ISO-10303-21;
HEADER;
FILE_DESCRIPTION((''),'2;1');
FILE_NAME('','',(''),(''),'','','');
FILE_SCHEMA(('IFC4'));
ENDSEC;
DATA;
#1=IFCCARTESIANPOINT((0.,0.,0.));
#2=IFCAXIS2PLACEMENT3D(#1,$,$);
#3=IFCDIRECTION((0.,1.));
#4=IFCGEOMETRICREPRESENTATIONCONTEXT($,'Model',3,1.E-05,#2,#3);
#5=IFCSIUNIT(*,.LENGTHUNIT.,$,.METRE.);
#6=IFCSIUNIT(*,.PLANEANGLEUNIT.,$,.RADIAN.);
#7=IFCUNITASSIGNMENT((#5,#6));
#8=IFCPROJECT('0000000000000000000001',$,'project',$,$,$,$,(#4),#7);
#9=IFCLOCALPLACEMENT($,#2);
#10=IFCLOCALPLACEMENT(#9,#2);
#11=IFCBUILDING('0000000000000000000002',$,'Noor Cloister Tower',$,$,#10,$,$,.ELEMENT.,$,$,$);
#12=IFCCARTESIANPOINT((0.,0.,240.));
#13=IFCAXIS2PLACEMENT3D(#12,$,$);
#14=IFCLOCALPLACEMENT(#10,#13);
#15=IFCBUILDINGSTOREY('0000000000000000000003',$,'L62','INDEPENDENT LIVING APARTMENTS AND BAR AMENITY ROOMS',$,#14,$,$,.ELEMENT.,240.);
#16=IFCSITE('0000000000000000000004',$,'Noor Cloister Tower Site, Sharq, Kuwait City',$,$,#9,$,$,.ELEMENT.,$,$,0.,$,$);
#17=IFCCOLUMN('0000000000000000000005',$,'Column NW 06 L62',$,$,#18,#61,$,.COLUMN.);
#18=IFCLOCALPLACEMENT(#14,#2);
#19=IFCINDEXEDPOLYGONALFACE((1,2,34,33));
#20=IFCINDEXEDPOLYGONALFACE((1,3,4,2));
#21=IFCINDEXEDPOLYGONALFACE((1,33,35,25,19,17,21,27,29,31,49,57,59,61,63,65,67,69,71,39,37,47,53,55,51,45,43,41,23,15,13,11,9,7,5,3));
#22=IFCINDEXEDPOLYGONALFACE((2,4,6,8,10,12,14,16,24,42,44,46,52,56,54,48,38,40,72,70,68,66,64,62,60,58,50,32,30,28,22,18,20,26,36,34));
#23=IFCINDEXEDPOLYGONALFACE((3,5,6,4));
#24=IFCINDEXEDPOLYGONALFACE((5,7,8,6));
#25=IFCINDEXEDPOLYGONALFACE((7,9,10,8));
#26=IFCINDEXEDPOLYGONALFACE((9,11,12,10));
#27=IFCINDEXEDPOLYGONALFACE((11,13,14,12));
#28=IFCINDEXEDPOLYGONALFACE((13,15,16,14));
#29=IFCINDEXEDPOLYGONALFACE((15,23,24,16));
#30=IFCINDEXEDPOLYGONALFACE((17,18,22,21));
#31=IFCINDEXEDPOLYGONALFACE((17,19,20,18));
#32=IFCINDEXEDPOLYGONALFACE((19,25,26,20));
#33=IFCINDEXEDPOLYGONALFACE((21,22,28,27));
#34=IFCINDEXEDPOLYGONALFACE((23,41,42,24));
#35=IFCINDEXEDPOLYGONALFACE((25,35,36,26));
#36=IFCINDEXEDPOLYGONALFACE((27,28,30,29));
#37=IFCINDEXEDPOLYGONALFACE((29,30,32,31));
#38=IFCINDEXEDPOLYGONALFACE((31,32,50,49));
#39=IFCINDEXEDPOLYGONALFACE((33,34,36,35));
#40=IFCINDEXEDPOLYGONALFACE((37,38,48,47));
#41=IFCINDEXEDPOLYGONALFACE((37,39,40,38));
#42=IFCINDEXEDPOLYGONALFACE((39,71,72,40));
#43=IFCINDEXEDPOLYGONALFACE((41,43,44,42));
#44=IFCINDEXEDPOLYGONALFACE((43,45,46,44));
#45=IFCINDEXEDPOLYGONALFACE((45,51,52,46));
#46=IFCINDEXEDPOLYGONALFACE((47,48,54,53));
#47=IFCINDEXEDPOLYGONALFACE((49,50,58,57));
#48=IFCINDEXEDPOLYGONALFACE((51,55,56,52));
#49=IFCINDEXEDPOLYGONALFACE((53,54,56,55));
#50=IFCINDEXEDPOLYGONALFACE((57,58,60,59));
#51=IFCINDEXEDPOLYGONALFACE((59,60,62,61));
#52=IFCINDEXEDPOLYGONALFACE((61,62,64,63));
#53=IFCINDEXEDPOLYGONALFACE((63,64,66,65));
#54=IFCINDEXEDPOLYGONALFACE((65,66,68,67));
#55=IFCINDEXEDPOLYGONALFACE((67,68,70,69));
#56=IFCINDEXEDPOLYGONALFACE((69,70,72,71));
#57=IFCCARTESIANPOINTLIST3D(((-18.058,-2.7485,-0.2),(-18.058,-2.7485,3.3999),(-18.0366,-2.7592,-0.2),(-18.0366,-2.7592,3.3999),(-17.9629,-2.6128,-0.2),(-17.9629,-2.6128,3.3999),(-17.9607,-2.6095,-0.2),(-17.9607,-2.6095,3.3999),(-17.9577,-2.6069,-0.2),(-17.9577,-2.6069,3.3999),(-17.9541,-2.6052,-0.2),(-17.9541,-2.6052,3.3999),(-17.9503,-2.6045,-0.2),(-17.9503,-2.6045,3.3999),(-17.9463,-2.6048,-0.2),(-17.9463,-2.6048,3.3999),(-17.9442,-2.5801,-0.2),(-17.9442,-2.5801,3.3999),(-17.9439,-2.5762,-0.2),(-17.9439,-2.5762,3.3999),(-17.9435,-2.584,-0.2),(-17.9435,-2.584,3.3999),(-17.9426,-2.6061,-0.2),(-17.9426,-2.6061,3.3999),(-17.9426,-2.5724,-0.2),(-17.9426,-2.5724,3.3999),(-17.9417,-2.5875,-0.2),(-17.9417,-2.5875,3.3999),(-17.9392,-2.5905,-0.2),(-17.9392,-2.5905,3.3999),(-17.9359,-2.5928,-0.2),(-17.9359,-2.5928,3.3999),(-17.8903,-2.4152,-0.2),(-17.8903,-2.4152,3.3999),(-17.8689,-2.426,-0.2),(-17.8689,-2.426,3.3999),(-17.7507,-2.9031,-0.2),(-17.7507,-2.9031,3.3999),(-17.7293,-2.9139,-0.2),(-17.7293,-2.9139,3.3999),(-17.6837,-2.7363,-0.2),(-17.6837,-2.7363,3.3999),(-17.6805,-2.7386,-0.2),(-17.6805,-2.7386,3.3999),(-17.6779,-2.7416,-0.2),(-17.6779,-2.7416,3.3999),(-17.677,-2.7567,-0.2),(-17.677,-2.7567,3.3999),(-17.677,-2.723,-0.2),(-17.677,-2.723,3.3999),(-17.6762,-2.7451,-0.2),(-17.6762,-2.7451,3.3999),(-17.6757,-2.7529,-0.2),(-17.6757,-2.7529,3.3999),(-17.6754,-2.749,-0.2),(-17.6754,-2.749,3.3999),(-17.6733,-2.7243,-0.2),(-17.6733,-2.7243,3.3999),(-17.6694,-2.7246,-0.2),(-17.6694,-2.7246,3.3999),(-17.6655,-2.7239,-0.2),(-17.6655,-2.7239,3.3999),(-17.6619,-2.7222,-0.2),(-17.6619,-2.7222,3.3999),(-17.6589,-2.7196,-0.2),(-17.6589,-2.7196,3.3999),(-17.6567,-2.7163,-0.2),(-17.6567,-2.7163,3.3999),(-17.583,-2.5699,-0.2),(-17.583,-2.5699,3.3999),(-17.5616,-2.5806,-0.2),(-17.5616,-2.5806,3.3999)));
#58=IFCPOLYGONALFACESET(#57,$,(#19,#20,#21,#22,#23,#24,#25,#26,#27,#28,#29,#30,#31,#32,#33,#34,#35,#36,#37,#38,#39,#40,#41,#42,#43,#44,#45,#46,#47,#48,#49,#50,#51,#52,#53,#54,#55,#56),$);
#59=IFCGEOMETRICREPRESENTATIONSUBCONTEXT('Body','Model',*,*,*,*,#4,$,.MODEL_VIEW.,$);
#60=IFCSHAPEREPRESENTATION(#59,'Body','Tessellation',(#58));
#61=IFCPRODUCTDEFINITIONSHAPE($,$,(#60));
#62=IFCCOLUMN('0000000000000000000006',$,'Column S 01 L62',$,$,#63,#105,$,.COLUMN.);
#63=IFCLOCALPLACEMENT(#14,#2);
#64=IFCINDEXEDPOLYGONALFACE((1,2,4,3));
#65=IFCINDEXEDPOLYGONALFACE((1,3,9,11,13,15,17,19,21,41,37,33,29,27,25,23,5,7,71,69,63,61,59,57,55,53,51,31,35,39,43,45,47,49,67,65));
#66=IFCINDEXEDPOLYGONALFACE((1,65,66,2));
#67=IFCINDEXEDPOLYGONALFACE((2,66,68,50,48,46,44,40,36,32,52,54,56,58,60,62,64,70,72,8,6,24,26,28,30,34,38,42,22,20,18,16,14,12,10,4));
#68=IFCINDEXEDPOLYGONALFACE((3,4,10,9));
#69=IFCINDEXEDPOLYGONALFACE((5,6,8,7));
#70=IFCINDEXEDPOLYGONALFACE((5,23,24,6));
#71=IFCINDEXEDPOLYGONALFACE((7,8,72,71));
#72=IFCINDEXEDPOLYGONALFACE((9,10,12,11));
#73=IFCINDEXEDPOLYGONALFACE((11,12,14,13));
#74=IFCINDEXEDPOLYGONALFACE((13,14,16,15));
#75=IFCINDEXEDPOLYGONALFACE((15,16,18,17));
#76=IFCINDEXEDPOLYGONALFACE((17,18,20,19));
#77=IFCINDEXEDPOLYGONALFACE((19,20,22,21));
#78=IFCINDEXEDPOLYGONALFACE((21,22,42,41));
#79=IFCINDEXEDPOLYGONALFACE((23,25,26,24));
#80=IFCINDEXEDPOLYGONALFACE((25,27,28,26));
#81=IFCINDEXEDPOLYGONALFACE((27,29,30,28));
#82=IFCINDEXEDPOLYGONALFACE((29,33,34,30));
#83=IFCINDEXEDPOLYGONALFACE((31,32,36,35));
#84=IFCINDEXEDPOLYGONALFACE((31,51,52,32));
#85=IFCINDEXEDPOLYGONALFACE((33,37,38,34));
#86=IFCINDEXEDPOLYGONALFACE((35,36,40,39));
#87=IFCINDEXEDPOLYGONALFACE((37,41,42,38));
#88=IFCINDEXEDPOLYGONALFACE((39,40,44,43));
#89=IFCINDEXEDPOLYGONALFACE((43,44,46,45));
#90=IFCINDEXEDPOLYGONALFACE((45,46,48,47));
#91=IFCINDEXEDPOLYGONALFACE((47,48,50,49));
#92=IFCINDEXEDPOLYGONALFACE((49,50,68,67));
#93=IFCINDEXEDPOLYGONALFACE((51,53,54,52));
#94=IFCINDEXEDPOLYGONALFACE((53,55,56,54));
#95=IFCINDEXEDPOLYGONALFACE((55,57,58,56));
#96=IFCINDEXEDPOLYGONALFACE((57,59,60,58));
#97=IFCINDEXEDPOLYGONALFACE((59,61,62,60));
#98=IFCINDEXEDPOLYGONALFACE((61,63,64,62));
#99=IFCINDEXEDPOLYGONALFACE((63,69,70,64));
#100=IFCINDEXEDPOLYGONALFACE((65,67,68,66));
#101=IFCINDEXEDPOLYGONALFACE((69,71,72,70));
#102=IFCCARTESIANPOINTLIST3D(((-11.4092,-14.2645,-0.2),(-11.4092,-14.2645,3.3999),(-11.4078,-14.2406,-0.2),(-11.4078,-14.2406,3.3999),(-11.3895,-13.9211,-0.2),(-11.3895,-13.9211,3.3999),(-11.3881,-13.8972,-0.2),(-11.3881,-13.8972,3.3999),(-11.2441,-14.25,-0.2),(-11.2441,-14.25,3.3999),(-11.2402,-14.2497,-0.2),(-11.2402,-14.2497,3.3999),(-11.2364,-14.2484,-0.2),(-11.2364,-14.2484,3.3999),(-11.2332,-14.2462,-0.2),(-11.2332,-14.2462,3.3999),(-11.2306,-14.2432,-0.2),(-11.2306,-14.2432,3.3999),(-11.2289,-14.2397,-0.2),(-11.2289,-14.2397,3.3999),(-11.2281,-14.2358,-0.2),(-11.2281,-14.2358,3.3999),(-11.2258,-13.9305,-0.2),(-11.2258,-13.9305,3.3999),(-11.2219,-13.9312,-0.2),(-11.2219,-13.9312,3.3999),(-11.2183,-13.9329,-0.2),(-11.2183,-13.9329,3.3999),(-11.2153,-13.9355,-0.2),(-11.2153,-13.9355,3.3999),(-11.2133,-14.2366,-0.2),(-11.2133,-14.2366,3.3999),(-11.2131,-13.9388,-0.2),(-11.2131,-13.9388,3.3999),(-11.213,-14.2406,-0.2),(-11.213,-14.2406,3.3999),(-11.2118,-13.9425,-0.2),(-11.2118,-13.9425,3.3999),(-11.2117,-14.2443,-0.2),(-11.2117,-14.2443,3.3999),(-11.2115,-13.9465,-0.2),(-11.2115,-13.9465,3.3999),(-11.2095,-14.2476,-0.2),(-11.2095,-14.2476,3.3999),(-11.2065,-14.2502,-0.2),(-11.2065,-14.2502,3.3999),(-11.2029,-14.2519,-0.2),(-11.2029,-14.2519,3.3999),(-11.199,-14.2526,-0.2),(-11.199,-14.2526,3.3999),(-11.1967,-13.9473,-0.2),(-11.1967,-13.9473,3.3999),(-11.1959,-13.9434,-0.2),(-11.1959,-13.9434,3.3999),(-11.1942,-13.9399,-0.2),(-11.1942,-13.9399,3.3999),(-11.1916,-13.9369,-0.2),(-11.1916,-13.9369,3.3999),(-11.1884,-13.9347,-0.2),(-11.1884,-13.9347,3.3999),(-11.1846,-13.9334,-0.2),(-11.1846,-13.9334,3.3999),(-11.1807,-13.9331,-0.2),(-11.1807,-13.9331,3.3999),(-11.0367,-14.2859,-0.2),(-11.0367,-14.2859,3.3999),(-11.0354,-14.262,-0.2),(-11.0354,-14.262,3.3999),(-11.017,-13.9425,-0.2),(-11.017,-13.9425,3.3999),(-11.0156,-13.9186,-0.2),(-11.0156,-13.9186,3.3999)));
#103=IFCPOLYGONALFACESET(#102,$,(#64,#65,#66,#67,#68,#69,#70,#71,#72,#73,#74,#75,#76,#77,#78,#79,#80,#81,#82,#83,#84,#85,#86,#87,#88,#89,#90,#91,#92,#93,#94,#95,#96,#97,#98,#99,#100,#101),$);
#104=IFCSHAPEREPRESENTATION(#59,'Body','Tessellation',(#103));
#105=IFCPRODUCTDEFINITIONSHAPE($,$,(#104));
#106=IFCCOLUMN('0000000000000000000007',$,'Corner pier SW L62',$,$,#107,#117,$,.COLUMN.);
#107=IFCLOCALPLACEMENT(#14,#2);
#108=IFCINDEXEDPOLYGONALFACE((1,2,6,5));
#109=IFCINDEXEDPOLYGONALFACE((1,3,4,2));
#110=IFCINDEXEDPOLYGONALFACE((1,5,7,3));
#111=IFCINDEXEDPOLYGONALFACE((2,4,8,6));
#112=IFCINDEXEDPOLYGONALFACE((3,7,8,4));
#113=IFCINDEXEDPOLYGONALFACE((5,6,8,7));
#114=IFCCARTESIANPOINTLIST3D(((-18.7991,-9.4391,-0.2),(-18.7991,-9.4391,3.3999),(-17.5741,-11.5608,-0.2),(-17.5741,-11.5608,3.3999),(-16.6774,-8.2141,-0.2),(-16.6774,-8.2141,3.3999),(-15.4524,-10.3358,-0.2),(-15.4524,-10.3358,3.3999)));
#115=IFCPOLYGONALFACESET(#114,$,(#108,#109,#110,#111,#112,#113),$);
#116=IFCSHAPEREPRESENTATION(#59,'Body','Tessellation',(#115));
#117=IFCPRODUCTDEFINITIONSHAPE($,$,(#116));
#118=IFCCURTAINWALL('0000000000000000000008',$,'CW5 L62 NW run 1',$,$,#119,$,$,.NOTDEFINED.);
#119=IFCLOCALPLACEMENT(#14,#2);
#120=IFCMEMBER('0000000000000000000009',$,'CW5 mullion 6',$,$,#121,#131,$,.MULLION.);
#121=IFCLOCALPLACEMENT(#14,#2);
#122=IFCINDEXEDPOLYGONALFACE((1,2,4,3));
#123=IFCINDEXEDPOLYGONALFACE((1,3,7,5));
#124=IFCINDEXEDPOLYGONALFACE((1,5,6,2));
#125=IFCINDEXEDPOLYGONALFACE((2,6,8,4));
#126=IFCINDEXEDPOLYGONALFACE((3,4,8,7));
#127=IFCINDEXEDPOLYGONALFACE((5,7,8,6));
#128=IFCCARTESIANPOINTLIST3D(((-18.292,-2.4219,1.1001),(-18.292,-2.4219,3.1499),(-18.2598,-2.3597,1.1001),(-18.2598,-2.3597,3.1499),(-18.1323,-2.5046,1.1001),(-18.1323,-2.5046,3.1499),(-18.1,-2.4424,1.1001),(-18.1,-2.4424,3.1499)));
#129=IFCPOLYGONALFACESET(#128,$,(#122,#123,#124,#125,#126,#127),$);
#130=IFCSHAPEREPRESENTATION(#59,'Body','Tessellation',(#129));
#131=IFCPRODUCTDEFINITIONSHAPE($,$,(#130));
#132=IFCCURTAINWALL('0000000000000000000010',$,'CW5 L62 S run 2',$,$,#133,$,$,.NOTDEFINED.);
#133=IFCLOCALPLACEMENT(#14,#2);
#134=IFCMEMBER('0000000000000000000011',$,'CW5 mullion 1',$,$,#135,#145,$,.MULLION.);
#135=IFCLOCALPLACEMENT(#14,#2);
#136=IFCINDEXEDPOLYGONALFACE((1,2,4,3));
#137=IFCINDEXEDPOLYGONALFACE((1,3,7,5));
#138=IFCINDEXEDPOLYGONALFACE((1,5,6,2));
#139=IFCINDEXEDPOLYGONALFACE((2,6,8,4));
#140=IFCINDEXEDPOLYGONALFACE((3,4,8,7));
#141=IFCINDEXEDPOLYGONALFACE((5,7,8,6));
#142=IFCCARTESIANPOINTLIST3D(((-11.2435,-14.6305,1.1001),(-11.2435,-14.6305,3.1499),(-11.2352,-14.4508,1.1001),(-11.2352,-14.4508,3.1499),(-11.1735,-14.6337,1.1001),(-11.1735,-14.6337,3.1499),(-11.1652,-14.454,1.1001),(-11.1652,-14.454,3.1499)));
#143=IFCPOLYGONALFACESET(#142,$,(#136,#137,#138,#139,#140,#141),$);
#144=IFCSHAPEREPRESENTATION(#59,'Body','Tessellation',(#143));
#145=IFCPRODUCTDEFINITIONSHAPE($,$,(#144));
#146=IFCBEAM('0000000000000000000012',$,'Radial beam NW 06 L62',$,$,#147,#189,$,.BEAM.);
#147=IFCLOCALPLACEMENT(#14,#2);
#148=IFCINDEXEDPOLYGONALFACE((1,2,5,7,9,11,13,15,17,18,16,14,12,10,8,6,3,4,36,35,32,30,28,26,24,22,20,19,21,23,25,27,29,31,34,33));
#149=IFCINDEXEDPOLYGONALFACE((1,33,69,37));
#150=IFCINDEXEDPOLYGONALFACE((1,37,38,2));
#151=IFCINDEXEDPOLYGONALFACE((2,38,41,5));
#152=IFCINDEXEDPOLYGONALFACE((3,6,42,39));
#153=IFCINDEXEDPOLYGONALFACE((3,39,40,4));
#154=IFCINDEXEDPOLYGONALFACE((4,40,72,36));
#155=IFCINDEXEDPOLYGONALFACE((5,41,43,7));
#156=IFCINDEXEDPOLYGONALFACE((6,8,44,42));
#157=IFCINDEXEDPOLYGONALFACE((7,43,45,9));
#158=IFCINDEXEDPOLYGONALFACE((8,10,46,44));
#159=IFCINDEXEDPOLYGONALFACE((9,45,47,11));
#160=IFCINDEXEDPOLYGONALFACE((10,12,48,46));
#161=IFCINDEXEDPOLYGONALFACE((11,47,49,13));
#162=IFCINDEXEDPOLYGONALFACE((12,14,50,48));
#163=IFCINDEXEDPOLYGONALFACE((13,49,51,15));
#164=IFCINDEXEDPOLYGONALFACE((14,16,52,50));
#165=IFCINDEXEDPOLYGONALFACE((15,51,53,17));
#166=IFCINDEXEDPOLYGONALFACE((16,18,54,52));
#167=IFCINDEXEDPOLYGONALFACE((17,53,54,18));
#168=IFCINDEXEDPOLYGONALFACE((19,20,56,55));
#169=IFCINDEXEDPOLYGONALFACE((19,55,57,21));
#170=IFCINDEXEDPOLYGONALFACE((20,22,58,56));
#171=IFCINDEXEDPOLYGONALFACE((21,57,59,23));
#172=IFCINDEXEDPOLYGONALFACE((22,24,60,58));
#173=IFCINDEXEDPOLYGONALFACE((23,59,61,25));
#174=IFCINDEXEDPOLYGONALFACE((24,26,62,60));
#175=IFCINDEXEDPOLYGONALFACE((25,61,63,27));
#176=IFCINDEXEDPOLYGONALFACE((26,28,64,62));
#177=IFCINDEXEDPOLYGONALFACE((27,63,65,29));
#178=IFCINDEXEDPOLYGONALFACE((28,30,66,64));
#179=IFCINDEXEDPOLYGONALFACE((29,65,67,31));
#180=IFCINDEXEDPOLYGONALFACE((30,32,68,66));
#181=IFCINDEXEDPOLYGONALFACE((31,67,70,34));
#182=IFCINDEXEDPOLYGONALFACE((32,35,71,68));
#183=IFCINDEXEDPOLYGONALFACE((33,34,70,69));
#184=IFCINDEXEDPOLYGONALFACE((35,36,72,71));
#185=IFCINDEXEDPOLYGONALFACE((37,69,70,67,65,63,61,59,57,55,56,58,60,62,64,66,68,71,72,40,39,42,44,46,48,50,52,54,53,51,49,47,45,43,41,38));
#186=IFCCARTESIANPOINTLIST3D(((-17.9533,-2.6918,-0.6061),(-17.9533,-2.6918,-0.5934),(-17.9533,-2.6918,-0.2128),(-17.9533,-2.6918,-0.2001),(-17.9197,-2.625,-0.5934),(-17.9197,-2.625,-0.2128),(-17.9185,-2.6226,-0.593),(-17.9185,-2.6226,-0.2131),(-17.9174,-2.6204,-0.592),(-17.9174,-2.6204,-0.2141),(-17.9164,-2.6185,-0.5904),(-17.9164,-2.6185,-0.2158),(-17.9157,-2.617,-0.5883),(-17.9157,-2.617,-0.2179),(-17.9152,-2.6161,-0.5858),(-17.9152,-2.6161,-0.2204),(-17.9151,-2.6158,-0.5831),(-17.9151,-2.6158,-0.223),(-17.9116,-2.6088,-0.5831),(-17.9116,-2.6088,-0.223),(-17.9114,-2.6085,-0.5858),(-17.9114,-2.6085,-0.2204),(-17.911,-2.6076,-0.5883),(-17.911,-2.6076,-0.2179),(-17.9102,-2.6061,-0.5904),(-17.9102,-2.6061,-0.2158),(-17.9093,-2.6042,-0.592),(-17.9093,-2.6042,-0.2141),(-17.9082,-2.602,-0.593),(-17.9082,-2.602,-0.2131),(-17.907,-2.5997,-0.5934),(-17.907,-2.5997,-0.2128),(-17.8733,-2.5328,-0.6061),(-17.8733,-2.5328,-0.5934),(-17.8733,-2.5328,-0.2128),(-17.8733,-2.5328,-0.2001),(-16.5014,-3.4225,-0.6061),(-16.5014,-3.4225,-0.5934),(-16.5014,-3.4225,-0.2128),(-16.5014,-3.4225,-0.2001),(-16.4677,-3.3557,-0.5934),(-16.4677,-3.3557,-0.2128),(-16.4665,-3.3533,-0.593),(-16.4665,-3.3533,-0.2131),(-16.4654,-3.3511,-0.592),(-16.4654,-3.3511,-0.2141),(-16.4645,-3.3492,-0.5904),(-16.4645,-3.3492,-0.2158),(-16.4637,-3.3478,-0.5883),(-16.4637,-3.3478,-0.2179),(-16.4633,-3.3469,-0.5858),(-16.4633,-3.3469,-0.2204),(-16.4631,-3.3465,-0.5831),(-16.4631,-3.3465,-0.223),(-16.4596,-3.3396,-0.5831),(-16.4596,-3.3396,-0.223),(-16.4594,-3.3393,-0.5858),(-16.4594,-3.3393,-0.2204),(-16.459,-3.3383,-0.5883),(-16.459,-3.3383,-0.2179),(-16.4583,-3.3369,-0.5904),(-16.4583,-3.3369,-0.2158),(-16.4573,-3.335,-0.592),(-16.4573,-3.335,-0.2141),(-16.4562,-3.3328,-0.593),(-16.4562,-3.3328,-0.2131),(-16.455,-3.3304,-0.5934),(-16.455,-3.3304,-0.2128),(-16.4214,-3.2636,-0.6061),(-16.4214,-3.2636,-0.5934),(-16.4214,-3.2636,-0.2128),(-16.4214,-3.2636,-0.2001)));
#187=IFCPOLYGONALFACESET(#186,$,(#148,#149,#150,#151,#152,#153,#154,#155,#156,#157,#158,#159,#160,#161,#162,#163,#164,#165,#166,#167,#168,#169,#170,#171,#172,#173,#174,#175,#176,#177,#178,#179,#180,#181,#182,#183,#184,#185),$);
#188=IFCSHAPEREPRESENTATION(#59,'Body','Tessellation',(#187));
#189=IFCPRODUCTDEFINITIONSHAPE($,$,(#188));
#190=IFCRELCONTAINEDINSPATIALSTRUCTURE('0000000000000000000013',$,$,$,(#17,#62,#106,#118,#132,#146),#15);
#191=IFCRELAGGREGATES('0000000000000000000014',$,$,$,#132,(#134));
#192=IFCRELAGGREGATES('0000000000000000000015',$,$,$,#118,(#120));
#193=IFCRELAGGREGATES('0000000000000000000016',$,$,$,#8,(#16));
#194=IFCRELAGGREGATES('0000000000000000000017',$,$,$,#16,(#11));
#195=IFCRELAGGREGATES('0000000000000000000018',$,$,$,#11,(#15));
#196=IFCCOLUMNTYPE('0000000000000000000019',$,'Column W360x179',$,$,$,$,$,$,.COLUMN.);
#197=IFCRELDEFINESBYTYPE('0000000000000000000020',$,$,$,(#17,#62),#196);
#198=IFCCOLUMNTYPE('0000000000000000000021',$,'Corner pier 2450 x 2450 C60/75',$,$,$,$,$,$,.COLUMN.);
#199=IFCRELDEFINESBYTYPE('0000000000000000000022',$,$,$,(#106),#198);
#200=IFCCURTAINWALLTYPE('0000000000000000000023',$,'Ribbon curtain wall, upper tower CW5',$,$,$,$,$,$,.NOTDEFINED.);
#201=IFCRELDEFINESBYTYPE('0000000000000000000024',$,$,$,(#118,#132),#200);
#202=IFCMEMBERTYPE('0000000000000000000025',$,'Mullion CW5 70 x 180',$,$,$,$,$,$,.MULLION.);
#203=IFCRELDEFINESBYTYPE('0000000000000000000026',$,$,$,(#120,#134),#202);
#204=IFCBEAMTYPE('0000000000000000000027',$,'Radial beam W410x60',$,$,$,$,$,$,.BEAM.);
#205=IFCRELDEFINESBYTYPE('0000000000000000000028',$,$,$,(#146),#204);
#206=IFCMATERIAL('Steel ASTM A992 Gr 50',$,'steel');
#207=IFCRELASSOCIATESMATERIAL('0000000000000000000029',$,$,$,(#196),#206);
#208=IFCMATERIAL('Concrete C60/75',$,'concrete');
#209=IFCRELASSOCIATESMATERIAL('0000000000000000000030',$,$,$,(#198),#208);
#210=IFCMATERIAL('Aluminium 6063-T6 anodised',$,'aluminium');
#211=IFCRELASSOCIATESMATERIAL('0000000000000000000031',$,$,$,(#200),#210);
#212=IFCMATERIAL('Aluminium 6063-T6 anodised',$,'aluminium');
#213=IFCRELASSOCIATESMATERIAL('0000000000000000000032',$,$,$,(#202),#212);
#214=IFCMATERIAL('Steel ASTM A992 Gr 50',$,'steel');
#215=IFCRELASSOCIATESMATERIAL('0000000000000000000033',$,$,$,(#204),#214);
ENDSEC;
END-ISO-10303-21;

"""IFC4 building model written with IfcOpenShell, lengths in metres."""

from ifc_helpers import new_model, si_unit, direction, frame, origin, origin_2d, place, context, subcontext, project, spatial, rectangle, i_section, extrude, material, material_profile, profile_set, type_object, element, aggregate, save


model = new_model("IFC4")

# Units and contexts
model_context = context("Model", 3, precision=1e-05, world=origin(), true_north=direction((0.0, 1.0)))
body_context = subcontext(model_context, "Body", "Model", "MODEL_VIEW")
ifc_project = project(units=[si_unit("LENGTHUNIT", "METRE"), si_unit("PLANEANGLEUNIT", "RADIAN")], contexts=[model_context])

# Site, building, storey
site_placement = place(None, origin())
site = spatial("IfcSite", under=ifc_project, at=site_placement, Name="Noor Cloister Tower Site, Sharq, Kuwait City", CompositionType="ELEMENT", RefElevation=0.0)
building_placement = place(site_placement, origin())
building = spatial("IfcBuilding", under=site, at=building_placement, Name="Noor Cloister Tower", CompositionType="ELEMENT")
storey_placement = place(building_placement, frame((0.0, 0.0, 240.0)))
storey = spatial("IfcBuildingStorey", under=building, at=storey_placement, Name="L62", Description="INDEPENDENT LIVING APARTMENTS AND BAR AMENITY ROOMS", CompositionType="ELEMENT", Elevation=240.0)

# Columns
ifc_material_1 = material(Name="Steel ASTM A992 Gr 50", Category="steel")
ifc_material_profile_1 = material_profile(ifc_material_1, i_section(OverallWidth=0.373, OverallDepth=0.3679, WebThickness=0.0149, FlangeThickness=0.0239, FilletRadius=0.0151, at=origin_2d()), Name="W360x179")
ifc_profile_set_1 = profile_set([ifc_material_profile_1], Name="Steel ASTM A992 Gr 50")
column_type_1 = type_object("IfcColumnType", Name="Column W360x179", PredefinedType="COLUMN", material=ifc_profile_set_1)
for number, where, z_axis, x_axis, name in (
    (1, (-17.8098, -2.6646, -0.2), (0.0, 0.0, 1.0), (-0.449568, -0.893246, 0.0), "Column NW 06 L62"),
    (2, (-11.2124, -14.0916, -0.2), (0.0, 0.0, 1.0), (0.998358, -0.057286, 0.0), "Column S 01 L62"),
):
    element("IfcColumn", number, at=place(storey_placement, frame(where, z_axis=z_axis, x_axis=x_axis)), inside=storey, type_object=column_type_1, Name=name, PredefinedType="COLUMN", context=body_context, shape_type="SweptSolid", body=[
        extrude(i_section(OverallWidth=0.373, OverallDepth=0.3679, WebThickness=0.0149, FlangeThickness=0.0239, FilletRadius=0.0151, at=origin_2d()), origin(), (0.0, 0.0, 1.0), 3.5999),
    ])
ifc_material_2 = material(Name="Concrete C60/75", Category="concrete")
ifc_material_profile_2 = material_profile(ifc_material_2, rectangle(XDim=2.45, YDim=2.45, at=origin_2d()), Name="RC 2450x2450")
ifc_profile_set_2 = profile_set([ifc_material_profile_2], Name="Concrete C60/75")
column_type_2 = type_object("IfcColumnType", Name="Corner pier 2450 x 2450 C60/75", PredefinedType="COLUMN", material=ifc_profile_set_2)
column_placement = place(storey_placement, frame((-17.1257, -9.8875, -0.2), z_axis=(0.0, 0.0, 1.0), x_axis=(-0.866025, -0.5, 0.0)))
element("IfcColumn", 3, at=column_placement, inside=storey, type_object=column_type_2, Name="Corner pier SW L62", PredefinedType="COLUMN", context=body_context, shape_type="SweptSolid", body=[
    extrude(rectangle(XDim=2.45, YDim=2.45, at=origin_2d()), origin(), (0.0, 0.0, 1.0), 3.5999),
])

# Curtain walls, members
ifc_material_3 = material(Name="Aluminium 6063-T6 anodised", Category="aluminium")
curtain_wall_type = type_object("IfcCurtainWallType", Name="Ribbon curtain wall, upper tower CW5", PredefinedType="NOTDEFINED", material=ifc_material_3)
curtain_wall_1_placement = place(storey_placement, origin())
curtain_wall_1 = element("IfcCurtainWall", 4, at=curtain_wall_1_placement, inside=storey, type_object=curtain_wall_type, Name="CW5 L62 NW run 1", PredefinedType="NOTDEFINED")
ifc_material_4 = material(Name="Aluminium 6063-T6 anodised", Category="aluminium")
ifc_material_profile_3 = material_profile(ifc_material_4, rectangle(XDim=0.1799, YDim=0.0701, at=origin_2d()), Name="180 x 70 mullion")
ifc_profile_set_3 = profile_set([ifc_material_profile_3], Name="Aluminium 6063-T6 anodised")
member_type = type_object("IfcMemberType", Name="Mullion CW5 70 x 180", PredefinedType="MULLION", material=ifc_profile_set_3)
member_1_placement = place(storey_placement, frame((-18.196, -2.4321, 1.1001), z_axis=(0.0, 0.0, 1.0), x_axis=(0.888034, -0.459778, 0.0)))
member_1 = element("IfcMember", 5, at=member_1_placement, type_object=member_type, Name="CW5 mullion 6", PredefinedType="MULLION", context=body_context, shape_type="SweptSolid", body=[
    extrude(rectangle(XDim=0.1799, YDim=0.0701, at=origin_2d()), origin(), (0.0, 0.0, 1.0), 2.0498),
])
curtain_wall_2_placement = place(storey_placement, origin())
curtain_wall_2 = element("IfcCurtainWall", 6, at=curtain_wall_2_placement, inside=storey, type_object=curtain_wall_type, Name="CW5 L62 S run 2", PredefinedType="NOTDEFINED")
member_2_placement = place(storey_placement, frame((-11.2043, -14.5422, 1.1001), z_axis=(0.0, 0.0, 1.0), x_axis=(0.045838, 0.998949, 0.0)))
member_2 = element("IfcMember", 7, at=member_2_placement, type_object=member_type, Name="CW5 mullion 1", PredefinedType="MULLION", context=body_context, shape_type="SweptSolid", body=[
    extrude(rectangle(XDim=0.1799, YDim=0.0701, at=origin_2d()), origin(), (0.0, 0.0, 1.0), 2.0498),
])
aggregate(curtain_wall_2, [member_2])

# Beam
ifc_material_5 = material(Name="Steel ASTM A992 Gr 50", Category="steel")
ifc_material_profile_4 = material_profile(ifc_material_5, i_section(OverallWidth=0.178, OverallDepth=0.406, WebThickness=0.0078, FlangeThickness=0.0127, FilletRadius=0.0103, at=origin_2d()), Name="W410x60")
ifc_profile_set_4 = profile_set([ifc_material_profile_4], Name="Steel ASTM A992 Gr 50")
beam_type_1 = type_object("IfcBeamType", Name="Radial beam W410x60", PredefinedType="BEAM", material=ifc_profile_set_4)
beam_1_placement = place(storey_placement, frame((-17.9133, -2.6123, -0.4031), z_axis=(0.893253, -0.449555, 0.0), x_axis=(0.449555, 0.893253, 0.0)))
element("IfcBeam", 8, at=beam_1_placement, inside=storey, type_object=beam_type_1, Name="Radial beam NW 06 L62", PredefinedType="BEAM", context=body_context, shape_type="SweptSolid", body=[
    extrude(i_section(OverallWidth=0.178, OverallDepth=0.406, WebThickness=0.0078, FlangeThickness=0.0127, FilletRadius=0.0103, at=origin_2d()), origin(), (0.0, 0.0, 1.0), 1.6255),
])

aggregate(curtain_wall_1, [member_1])

save(model, "model.ifc")
